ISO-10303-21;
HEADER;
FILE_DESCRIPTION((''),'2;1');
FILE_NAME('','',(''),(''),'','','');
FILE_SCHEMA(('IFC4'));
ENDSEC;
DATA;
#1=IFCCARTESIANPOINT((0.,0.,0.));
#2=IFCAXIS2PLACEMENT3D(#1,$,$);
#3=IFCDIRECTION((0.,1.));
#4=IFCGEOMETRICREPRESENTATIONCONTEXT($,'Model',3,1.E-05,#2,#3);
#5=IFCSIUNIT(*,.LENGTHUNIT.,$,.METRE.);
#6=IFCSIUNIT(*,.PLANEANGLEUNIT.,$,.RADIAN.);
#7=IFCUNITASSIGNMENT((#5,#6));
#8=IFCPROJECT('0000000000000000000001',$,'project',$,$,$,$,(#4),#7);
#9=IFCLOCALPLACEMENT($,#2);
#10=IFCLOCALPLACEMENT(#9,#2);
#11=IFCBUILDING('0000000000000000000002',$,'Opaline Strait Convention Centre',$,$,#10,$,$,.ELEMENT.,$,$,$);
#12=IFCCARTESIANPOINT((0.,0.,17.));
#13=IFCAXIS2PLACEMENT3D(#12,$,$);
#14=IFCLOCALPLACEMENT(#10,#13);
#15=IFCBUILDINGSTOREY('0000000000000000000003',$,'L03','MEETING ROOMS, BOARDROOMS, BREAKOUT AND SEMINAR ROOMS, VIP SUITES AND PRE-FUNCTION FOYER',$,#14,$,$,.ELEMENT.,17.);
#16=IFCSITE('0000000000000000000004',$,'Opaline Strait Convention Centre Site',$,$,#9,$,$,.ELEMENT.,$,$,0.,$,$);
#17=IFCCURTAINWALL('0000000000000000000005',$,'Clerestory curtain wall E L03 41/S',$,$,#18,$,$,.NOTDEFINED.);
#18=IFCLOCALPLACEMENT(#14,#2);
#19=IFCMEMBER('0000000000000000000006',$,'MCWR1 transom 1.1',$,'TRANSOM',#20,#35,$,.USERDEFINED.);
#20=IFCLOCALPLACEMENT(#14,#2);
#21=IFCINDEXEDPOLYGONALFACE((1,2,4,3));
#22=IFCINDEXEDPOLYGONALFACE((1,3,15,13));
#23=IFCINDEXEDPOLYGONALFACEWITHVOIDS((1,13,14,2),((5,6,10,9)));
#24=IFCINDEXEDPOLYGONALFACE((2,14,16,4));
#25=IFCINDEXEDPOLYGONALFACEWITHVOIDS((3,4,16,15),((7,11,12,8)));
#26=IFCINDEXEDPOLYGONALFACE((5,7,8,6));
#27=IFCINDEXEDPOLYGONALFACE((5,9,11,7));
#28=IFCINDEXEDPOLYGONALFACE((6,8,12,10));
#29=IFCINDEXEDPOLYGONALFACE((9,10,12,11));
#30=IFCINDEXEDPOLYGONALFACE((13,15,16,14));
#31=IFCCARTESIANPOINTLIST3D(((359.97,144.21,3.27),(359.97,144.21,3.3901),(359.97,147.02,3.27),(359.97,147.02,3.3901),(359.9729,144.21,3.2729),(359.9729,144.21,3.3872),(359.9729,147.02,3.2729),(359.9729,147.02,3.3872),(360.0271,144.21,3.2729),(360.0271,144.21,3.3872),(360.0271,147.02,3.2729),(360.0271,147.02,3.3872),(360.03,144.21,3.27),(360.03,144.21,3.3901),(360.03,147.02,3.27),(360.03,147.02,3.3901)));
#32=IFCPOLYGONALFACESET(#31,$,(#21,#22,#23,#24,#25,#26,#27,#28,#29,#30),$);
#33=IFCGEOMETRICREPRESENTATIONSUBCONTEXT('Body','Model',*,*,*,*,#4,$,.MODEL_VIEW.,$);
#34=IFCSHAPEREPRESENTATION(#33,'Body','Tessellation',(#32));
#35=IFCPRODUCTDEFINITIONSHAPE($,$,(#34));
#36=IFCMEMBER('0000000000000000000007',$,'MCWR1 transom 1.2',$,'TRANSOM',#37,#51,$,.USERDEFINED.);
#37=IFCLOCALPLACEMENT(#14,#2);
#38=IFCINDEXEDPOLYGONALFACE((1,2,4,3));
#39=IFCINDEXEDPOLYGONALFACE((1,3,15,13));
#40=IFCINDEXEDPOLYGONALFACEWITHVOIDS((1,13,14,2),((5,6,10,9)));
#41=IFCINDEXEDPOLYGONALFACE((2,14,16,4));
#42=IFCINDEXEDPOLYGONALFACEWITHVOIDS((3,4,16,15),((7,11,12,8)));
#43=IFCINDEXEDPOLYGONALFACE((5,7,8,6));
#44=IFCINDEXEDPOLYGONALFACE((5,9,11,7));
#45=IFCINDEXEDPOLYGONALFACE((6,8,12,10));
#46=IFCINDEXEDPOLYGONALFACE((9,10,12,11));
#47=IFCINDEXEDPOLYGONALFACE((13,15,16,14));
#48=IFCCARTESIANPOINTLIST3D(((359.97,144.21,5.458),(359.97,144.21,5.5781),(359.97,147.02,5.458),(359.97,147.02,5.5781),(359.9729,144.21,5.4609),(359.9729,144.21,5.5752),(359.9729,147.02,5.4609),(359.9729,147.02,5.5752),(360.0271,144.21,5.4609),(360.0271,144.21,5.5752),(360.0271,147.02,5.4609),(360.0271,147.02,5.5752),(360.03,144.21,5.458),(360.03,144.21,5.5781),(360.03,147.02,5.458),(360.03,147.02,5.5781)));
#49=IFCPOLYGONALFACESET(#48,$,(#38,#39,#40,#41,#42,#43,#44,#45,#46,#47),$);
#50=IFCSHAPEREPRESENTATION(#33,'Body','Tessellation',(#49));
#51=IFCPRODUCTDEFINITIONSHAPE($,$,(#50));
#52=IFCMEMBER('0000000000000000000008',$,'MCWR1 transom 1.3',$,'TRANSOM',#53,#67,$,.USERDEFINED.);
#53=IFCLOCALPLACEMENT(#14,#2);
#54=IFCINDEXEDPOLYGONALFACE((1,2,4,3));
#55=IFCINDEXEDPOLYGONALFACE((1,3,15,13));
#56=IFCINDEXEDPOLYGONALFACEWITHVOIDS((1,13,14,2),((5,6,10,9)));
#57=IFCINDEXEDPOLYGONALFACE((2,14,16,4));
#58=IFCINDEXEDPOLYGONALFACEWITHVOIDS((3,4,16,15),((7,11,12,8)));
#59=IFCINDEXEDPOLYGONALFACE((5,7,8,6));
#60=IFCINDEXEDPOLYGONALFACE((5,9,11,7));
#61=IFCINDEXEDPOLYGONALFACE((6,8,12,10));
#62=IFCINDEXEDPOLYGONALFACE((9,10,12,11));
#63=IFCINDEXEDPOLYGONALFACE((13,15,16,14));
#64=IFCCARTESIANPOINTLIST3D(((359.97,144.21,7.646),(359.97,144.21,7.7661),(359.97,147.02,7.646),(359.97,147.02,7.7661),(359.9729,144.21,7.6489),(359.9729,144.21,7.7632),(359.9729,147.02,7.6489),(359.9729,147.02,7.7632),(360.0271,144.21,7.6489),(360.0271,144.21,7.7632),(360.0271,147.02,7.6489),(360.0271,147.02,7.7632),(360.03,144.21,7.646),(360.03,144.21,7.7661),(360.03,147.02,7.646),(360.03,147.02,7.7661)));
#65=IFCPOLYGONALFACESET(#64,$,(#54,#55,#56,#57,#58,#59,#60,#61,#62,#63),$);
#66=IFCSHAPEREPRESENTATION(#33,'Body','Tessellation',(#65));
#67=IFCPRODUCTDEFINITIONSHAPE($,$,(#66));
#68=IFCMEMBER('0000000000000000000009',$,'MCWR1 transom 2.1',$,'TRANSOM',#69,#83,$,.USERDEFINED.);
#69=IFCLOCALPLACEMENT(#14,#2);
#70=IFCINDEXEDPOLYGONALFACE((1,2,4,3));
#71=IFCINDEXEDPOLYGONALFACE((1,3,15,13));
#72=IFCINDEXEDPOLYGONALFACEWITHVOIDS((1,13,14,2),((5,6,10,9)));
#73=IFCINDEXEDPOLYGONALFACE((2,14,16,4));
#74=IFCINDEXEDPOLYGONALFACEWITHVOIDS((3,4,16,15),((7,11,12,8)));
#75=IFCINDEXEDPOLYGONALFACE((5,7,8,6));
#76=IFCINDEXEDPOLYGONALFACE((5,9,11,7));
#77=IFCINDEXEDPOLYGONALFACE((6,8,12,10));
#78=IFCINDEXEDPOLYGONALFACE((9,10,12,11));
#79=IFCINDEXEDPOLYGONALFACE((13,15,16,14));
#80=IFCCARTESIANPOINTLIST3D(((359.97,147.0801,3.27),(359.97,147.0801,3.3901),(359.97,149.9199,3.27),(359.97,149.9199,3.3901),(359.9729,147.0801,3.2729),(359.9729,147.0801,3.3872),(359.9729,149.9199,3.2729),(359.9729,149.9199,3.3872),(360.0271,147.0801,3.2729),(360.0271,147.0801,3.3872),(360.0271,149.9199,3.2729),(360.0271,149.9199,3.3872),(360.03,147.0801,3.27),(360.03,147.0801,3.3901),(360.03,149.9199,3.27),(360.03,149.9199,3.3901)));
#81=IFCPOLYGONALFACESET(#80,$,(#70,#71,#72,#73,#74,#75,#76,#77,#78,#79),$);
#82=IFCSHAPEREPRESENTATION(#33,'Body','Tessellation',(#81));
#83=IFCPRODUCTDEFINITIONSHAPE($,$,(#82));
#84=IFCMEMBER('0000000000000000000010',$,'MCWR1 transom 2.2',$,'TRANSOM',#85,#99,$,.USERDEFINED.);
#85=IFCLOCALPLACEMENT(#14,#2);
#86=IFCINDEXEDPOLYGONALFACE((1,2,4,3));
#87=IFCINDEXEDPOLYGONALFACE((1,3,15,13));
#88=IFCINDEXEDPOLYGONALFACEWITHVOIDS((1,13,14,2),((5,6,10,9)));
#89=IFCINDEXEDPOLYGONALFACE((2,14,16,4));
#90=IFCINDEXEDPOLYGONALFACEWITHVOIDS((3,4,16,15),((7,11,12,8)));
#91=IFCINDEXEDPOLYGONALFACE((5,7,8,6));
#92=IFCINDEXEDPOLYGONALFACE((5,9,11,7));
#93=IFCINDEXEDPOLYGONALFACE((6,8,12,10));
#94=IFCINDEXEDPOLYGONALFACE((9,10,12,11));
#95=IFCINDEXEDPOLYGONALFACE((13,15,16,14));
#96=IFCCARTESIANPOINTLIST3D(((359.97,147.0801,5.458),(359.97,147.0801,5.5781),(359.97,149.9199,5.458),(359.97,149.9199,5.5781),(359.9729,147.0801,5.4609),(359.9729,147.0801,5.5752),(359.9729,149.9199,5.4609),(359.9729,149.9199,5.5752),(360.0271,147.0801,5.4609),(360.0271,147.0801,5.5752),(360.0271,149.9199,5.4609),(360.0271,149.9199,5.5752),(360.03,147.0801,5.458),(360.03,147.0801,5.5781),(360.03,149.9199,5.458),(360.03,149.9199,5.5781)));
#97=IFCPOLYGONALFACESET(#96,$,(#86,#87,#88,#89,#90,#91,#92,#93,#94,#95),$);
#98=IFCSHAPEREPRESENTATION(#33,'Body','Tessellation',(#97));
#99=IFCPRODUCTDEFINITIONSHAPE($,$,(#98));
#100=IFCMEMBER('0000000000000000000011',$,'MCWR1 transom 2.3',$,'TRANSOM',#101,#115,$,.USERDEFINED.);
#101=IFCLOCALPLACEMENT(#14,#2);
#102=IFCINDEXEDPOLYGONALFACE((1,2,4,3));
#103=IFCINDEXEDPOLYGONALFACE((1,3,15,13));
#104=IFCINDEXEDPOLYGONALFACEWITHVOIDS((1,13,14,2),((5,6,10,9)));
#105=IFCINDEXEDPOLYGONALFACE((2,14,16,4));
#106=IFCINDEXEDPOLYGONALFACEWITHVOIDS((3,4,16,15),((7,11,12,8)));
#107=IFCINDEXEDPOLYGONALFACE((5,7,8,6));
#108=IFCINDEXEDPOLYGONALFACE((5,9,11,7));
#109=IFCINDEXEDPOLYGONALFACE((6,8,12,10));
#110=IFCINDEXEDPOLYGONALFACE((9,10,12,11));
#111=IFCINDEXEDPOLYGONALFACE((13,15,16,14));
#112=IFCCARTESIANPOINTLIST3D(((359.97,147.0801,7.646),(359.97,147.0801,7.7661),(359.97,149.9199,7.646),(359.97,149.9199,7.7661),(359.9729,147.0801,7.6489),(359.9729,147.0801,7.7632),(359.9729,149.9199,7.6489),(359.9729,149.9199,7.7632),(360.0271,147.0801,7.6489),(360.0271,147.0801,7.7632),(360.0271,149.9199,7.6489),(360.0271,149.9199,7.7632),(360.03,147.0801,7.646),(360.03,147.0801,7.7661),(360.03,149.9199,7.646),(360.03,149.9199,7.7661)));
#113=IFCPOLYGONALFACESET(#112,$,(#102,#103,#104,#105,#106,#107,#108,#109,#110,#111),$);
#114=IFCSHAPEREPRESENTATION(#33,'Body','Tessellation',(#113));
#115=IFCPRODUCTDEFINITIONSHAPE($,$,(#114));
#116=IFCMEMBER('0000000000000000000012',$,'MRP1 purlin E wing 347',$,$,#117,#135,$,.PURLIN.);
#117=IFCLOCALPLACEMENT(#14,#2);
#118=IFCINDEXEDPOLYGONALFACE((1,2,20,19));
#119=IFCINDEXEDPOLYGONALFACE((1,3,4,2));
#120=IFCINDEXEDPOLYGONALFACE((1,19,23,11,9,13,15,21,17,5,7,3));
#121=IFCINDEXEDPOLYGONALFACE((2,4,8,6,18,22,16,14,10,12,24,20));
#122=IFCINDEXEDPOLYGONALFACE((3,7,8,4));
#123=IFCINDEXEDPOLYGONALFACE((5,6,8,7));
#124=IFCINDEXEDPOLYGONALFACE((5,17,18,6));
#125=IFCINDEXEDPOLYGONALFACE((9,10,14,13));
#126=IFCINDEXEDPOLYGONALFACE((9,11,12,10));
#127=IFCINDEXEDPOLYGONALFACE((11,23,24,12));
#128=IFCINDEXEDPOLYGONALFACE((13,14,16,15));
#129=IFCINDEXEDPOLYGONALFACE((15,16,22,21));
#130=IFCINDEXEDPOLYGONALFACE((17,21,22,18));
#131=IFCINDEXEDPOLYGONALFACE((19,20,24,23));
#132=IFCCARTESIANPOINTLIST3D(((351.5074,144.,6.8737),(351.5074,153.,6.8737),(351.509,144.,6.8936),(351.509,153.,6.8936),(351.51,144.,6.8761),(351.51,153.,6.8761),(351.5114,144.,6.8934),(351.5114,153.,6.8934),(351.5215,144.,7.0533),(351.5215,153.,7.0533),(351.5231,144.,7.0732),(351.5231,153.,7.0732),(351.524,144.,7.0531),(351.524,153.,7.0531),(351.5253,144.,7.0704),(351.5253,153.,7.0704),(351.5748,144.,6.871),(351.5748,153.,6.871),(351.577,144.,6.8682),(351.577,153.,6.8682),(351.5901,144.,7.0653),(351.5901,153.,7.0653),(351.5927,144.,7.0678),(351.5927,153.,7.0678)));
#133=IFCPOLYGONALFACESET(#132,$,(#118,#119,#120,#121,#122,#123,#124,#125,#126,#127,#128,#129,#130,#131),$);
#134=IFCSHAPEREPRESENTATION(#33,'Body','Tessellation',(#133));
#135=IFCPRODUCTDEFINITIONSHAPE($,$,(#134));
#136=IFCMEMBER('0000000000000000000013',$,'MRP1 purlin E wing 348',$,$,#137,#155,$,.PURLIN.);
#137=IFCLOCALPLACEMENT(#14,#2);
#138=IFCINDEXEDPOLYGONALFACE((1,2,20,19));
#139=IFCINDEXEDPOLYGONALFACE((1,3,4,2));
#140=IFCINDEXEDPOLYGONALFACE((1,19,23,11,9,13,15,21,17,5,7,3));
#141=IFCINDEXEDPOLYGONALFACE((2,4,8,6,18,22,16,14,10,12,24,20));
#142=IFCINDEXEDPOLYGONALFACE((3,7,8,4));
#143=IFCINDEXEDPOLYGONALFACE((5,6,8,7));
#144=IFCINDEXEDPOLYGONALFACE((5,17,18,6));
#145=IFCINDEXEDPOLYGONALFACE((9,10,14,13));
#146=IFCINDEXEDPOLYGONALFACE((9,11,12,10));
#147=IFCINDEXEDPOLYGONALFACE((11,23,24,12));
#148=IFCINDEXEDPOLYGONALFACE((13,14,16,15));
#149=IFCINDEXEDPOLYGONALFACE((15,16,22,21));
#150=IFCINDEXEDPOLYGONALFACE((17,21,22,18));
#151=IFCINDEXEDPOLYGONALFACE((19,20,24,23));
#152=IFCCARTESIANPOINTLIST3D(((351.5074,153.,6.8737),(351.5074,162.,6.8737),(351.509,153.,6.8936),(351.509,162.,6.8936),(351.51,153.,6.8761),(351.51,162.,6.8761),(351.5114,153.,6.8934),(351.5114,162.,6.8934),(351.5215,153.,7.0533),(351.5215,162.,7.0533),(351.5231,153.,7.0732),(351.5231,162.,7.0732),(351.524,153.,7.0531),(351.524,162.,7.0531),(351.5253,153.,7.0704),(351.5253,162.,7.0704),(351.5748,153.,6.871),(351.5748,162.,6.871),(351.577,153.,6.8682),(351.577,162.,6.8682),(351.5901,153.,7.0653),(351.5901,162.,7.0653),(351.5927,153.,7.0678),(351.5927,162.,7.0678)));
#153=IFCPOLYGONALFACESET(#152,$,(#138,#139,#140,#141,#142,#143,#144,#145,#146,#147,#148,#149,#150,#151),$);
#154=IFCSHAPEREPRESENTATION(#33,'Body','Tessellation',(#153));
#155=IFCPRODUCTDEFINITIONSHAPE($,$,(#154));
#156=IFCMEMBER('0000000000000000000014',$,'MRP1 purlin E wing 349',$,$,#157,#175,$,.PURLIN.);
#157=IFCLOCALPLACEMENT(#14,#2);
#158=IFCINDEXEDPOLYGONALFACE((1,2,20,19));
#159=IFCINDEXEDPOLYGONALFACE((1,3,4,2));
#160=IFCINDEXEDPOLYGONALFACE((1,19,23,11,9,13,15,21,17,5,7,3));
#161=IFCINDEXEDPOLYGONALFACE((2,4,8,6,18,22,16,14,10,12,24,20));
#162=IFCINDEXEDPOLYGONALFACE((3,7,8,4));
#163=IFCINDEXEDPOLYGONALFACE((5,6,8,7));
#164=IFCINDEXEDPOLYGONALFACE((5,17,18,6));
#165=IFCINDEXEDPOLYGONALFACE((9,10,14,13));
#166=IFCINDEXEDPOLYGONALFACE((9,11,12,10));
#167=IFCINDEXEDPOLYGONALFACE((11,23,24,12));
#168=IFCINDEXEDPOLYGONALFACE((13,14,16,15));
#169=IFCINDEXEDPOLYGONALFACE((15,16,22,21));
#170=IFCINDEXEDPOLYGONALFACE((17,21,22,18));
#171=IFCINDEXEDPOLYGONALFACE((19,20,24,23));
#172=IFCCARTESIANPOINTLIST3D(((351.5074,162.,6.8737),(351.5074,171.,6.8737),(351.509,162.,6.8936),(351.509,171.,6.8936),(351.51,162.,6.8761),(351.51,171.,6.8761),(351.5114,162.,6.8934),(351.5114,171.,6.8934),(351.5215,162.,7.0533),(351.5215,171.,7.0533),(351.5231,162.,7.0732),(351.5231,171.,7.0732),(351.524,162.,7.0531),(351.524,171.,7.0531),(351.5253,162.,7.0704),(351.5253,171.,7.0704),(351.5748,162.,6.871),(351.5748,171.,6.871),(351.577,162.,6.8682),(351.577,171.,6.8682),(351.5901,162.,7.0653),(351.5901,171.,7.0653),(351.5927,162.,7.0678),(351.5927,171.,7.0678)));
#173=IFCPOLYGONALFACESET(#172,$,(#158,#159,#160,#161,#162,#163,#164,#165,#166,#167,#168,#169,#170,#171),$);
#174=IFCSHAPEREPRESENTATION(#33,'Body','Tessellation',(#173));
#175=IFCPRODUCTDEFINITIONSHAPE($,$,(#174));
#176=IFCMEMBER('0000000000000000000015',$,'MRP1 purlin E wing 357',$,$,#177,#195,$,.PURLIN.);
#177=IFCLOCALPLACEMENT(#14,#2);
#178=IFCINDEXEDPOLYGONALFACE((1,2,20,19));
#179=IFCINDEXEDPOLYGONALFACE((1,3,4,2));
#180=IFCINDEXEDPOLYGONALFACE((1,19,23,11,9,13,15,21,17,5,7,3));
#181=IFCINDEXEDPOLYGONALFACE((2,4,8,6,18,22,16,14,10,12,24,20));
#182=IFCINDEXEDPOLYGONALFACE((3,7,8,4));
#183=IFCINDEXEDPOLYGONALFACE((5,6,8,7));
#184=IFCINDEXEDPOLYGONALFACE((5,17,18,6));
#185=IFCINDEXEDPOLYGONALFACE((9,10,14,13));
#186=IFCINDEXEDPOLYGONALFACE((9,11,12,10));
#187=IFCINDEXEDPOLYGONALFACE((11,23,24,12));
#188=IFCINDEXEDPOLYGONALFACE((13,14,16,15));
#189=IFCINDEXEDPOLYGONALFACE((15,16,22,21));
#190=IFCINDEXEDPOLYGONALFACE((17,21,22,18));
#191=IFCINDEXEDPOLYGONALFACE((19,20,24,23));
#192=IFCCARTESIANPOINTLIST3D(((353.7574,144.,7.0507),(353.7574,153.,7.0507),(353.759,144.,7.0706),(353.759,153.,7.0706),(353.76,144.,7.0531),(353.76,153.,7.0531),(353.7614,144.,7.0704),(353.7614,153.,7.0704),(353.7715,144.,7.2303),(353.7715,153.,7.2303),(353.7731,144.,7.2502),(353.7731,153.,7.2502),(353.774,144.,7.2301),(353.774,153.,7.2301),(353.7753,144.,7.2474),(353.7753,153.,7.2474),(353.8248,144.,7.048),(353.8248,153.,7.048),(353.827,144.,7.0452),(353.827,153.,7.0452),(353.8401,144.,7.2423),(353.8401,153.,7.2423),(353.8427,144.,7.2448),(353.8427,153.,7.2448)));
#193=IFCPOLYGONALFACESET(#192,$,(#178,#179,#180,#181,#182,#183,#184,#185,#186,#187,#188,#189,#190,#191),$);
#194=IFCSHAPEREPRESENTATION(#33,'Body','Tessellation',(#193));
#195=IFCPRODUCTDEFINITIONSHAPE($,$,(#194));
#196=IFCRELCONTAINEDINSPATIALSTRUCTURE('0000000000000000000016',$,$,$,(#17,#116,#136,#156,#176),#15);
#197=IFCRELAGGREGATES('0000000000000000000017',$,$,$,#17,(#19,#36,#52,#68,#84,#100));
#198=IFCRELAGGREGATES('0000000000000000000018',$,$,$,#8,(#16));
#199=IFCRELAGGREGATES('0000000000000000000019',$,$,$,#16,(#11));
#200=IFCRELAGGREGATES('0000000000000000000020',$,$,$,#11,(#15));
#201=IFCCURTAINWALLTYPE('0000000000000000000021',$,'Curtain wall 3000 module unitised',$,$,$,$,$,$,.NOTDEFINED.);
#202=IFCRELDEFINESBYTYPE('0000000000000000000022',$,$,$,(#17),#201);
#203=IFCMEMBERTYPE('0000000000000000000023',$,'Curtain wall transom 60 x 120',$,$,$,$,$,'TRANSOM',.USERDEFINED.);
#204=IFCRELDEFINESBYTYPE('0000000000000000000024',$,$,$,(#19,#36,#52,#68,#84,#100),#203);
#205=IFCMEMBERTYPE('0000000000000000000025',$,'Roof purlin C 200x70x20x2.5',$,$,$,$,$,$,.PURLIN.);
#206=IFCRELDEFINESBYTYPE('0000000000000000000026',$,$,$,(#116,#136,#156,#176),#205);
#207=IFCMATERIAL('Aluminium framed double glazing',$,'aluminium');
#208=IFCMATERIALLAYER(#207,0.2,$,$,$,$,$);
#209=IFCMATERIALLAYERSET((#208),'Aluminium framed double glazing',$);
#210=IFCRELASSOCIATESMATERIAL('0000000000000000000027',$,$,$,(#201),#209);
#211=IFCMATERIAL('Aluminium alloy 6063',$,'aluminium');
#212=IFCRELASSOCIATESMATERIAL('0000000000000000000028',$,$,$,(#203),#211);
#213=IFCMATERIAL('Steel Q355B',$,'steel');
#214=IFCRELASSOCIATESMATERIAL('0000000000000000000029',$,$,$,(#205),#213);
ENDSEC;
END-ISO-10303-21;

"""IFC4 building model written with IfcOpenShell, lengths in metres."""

from ifc_helpers import new_model, si_unit, direction, frame, origin, origin_2d, place, context, subcontext, project, spatial, polyline, hollow_rectangle, outline, extrude, material, layer, layer_set, material_profile, profile_set, type_object, element, aggregate, save


model = new_model("IFC4")

# Units and contexts
model_context = context("Model", 3, precision=1e-05, world=origin(), true_north=direction((0.0, 1.0)))
body_context = subcontext(model_context, "Body", "Model", "MODEL_VIEW")
ifc_project = project(units=[si_unit("LENGTHUNIT", "METRE"), si_unit("PLANEANGLEUNIT", "RADIAN")], contexts=[model_context])

# Site, building, storey
site_placement = place(None, origin())
site = spatial("IfcSite", under=ifc_project, at=site_placement, Name="Opaline Strait Convention Centre Site", CompositionType="ELEMENT", RefElevation=0.0)
building_placement = place(site_placement, origin())
building = spatial("IfcBuilding", under=site, at=building_placement, Name="Opaline Strait Convention Centre", CompositionType="ELEMENT")
storey_placement = place(building_placement, frame((0.0, 0.0, 17.0)))
storey = spatial("IfcBuildingStorey", under=building, at=storey_placement, Name="L03", Description="MEETING ROOMS, BOARDROOMS, BREAKOUT AND SEMINAR ROOMS, VIP SUITES AND PRE-FUNCTION FOYER", CompositionType="ELEMENT", Elevation=17.0)

# Shared definitions
ifc_material_1 = material(Name="Steel Q355B", Category="steel")

# Curtain wall
ifc_material_2 = material(Name="Aluminium framed double glazing", Category="aluminium")
ifc_layer_1 = layer(ifc_material_2, 0.2)
ifc_layer_set_1 = layer_set([ifc_layer_1], Name="Aluminium framed double glazing")
curtain_wall_type = type_object("IfcCurtainWallType", Name="Curtain wall 3000 module unitised", PredefinedType="NOTDEFINED", material=ifc_layer_set_1)
ifc_material_3 = material(Name="Aluminium alloy 6063", Category="aluminium")
curtain_wall_1_placement = place(storey_placement, origin())
curtain_wall_1 = element("IfcCurtainWall", 1, at=curtain_wall_1_placement, inside=storey, type_object=curtain_wall_type, Name="Clerestory curtain wall E L03 41/S", PredefinedType="NOTDEFINED")

# Members
ifc_material_profile_1 = material_profile(ifc_material_3, hollow_rectangle(XDim=0.0601, YDim=0.1201, WallThickness=0.0029, at=origin_2d()), Name="TRANSOM 60x120x3")
ifc_profile_set_1 = profile_set([ifc_material_profile_1], Name="Aluminium alloy 6063")
member_type_1 = type_object("IfcMemberType", Name="Curtain wall transom 60 x 120", ElementType="TRANSOM", PredefinedType="USERDEFINED", material=ifc_profile_set_1)
member_1_placement = place(storey_placement, frame((360.0, 144.21, 3.3301), z_axis=(0.0, 1.0, 0.0), x_axis=(-1.0, 0.0, 0.0)))
member_1 = element("IfcMember", 2, at=member_1_placement, type_object=member_type_1, Name="MCWR1 transom 1.1", ObjectType="TRANSOM", PredefinedType="USERDEFINED", context=body_context, shape_type="SweptSolid", body=[
    extrude(hollow_rectangle(XDim=0.0601, YDim=0.1201, WallThickness=0.0029, at=origin_2d()), origin(), (0.0, 0.0, 1.0), 2.8101),
])
member_2_placement = place(storey_placement, frame((360.0, 144.21, 5.5181), z_axis=(0.0, 1.0, 0.0), x_axis=(-1.0, 0.0, 0.0)))
member_2 = element("IfcMember", 3, at=member_2_placement, type_object=member_type_1, Name="MCWR1 transom 1.2", ObjectType="TRANSOM", PredefinedType="USERDEFINED", context=body_context, shape_type="SweptSolid", body=[
    extrude(hollow_rectangle(XDim=0.0601, YDim=0.1201, WallThickness=0.0029, at=origin_2d()), origin(), (0.0, 0.0, 1.0), 2.8101),
])
member_3_placement = place(storey_placement, frame((360.0, 144.21, 7.7061), z_axis=(0.0, 1.0, 0.0), x_axis=(-1.0, 0.0, 0.0)))
member_3 = element("IfcMember", 4, at=member_3_placement, type_object=member_type_1, Name="MCWR1 transom 1.3", ObjectType="TRANSOM", PredefinedType="USERDEFINED", context=body_context, shape_type="SweptSolid", body=[
    extrude(hollow_rectangle(XDim=0.0601, YDim=0.1201, WallThickness=0.0029, at=origin_2d()), origin(), (0.0, 0.0, 1.0), 2.8101),
])
member_4_placement = place(storey_placement, frame((360.0, 147.0801, 3.3301), z_axis=(0.0, 1.0, 0.0), x_axis=(-1.0, 0.0, 0.0)))
member_4 = element("IfcMember", 5, at=member_4_placement, type_object=member_type_1, Name="MCWR1 transom 2.1", ObjectType="TRANSOM", PredefinedType="USERDEFINED", context=body_context, shape_type="SweptSolid", body=[
    extrude(hollow_rectangle(XDim=0.0601, YDim=0.1201, WallThickness=0.0029, at=origin_2d()), origin(), (0.0, 0.0, 1.0), 2.8398),
])
member_5_placement = place(storey_placement, frame((360.0, 147.0801, 5.5181), z_axis=(0.0, 1.0, 0.0), x_axis=(-1.0, 0.0, 0.0)))
member_5 = element("IfcMember", 6, at=member_5_placement, type_object=member_type_1, Name="MCWR1 transom 2.2", ObjectType="TRANSOM", PredefinedType="USERDEFINED", context=body_context, shape_type="SweptSolid", body=[
    extrude(hollow_rectangle(XDim=0.0601, YDim=0.1201, WallThickness=0.0029, at=origin_2d()), origin(), (0.0, 0.0, 1.0), 2.8398),
])
member_6_placement = place(storey_placement, frame((360.0, 147.0801, 7.7061), z_axis=(0.0, 1.0, 0.0), x_axis=(-1.0, 0.0, 0.0)))
member_6 = element("IfcMember", 7, at=member_6_placement, type_object=member_type_1, Name="MCWR1 transom 2.3", ObjectType="TRANSOM", PredefinedType="USERDEFINED", context=body_context, shape_type="SweptSolid", body=[
    extrude(hollow_rectangle(XDim=0.0601, YDim=0.1201, WallThickness=0.0029, at=origin_2d()), origin(), (0.0, 0.0, 1.0), 2.8398),
])

# Members
ifc_material_profile_2 = material_profile(ifc_material_1, outline(polyline([(-0.0349, -0.1001), (0.0349, -0.1001), (0.0349, -0.0801), (0.0325, -0.0801), (0.0325, -0.0974), (-0.0325, -0.0974), (-0.0325, 0.0974), (0.0325, 0.0974), (0.0325, 0.0801), (0.0349, 0.0801), (0.0349, 0.1001), (-0.0349, 0.1001), (-0.0349, -0.1001)])), Name="C 200x70x20x2.5")
ifc_profile_set_2 = profile_set([ifc_material_profile_2], Name="Steel Q355B")
member_type_2 = type_object("IfcMemberType", Name="Roof purlin C 200x70x20x2.5", PredefinedType="PURLIN", material=ifc_profile_set_2)
for number, where, z_axis, x_axis, name in (
    (8, (351.55, 144.0, 6.9707), (0.0, 1.0, 0.0), (-0.996917, 0.0, 0.078459), "MRP1 purlin E wing 347"),
    (9, (351.55, 153.0, 6.9707), (0.0, 1.0, 0.0), (-0.996917, 0.0, 0.078459), "MRP1 purlin E wing 348"),
    (10, (351.55, 162.0, 6.9707), (0.0, 1.0, 0.0), (-0.996917, 0.0, 0.078459), "MRP1 purlin E wing 349"),
    (11, (353.8, 144.0, 7.1477), (0.0, 1.0, 0.0), (-0.996917, 0.0, 0.078459), "MRP1 purlin E wing 357"),
):
    element("IfcMember", number, at=place(storey_placement, frame(where, z_axis=z_axis, x_axis=x_axis)), inside=storey, type_object=member_type_2, Name=name, PredefinedType="PURLIN", context=body_context, shape_type="SweptSolid", body=[
        extrude(outline(polyline([(-0.0349, -0.1001), (0.0349, -0.1001), (0.0349, -0.0801), (0.0325, -0.0801), (0.0325, -0.0974), (-0.0325, -0.0974), (-0.0325, 0.0974), (0.0325, 0.0974), (0.0325, 0.0801), (0.0349, 0.0801), (0.0349, 0.1001), (-0.0349, 0.1001), (-0.0349, -0.1001)])), origin(), (0.0, 0.0, 1.0), 9.0),
    ])

aggregate(curtain_wall_1, [member_1, member_2, member_3, member_4, member_5, member_6])

save(model, "model.ifc")
